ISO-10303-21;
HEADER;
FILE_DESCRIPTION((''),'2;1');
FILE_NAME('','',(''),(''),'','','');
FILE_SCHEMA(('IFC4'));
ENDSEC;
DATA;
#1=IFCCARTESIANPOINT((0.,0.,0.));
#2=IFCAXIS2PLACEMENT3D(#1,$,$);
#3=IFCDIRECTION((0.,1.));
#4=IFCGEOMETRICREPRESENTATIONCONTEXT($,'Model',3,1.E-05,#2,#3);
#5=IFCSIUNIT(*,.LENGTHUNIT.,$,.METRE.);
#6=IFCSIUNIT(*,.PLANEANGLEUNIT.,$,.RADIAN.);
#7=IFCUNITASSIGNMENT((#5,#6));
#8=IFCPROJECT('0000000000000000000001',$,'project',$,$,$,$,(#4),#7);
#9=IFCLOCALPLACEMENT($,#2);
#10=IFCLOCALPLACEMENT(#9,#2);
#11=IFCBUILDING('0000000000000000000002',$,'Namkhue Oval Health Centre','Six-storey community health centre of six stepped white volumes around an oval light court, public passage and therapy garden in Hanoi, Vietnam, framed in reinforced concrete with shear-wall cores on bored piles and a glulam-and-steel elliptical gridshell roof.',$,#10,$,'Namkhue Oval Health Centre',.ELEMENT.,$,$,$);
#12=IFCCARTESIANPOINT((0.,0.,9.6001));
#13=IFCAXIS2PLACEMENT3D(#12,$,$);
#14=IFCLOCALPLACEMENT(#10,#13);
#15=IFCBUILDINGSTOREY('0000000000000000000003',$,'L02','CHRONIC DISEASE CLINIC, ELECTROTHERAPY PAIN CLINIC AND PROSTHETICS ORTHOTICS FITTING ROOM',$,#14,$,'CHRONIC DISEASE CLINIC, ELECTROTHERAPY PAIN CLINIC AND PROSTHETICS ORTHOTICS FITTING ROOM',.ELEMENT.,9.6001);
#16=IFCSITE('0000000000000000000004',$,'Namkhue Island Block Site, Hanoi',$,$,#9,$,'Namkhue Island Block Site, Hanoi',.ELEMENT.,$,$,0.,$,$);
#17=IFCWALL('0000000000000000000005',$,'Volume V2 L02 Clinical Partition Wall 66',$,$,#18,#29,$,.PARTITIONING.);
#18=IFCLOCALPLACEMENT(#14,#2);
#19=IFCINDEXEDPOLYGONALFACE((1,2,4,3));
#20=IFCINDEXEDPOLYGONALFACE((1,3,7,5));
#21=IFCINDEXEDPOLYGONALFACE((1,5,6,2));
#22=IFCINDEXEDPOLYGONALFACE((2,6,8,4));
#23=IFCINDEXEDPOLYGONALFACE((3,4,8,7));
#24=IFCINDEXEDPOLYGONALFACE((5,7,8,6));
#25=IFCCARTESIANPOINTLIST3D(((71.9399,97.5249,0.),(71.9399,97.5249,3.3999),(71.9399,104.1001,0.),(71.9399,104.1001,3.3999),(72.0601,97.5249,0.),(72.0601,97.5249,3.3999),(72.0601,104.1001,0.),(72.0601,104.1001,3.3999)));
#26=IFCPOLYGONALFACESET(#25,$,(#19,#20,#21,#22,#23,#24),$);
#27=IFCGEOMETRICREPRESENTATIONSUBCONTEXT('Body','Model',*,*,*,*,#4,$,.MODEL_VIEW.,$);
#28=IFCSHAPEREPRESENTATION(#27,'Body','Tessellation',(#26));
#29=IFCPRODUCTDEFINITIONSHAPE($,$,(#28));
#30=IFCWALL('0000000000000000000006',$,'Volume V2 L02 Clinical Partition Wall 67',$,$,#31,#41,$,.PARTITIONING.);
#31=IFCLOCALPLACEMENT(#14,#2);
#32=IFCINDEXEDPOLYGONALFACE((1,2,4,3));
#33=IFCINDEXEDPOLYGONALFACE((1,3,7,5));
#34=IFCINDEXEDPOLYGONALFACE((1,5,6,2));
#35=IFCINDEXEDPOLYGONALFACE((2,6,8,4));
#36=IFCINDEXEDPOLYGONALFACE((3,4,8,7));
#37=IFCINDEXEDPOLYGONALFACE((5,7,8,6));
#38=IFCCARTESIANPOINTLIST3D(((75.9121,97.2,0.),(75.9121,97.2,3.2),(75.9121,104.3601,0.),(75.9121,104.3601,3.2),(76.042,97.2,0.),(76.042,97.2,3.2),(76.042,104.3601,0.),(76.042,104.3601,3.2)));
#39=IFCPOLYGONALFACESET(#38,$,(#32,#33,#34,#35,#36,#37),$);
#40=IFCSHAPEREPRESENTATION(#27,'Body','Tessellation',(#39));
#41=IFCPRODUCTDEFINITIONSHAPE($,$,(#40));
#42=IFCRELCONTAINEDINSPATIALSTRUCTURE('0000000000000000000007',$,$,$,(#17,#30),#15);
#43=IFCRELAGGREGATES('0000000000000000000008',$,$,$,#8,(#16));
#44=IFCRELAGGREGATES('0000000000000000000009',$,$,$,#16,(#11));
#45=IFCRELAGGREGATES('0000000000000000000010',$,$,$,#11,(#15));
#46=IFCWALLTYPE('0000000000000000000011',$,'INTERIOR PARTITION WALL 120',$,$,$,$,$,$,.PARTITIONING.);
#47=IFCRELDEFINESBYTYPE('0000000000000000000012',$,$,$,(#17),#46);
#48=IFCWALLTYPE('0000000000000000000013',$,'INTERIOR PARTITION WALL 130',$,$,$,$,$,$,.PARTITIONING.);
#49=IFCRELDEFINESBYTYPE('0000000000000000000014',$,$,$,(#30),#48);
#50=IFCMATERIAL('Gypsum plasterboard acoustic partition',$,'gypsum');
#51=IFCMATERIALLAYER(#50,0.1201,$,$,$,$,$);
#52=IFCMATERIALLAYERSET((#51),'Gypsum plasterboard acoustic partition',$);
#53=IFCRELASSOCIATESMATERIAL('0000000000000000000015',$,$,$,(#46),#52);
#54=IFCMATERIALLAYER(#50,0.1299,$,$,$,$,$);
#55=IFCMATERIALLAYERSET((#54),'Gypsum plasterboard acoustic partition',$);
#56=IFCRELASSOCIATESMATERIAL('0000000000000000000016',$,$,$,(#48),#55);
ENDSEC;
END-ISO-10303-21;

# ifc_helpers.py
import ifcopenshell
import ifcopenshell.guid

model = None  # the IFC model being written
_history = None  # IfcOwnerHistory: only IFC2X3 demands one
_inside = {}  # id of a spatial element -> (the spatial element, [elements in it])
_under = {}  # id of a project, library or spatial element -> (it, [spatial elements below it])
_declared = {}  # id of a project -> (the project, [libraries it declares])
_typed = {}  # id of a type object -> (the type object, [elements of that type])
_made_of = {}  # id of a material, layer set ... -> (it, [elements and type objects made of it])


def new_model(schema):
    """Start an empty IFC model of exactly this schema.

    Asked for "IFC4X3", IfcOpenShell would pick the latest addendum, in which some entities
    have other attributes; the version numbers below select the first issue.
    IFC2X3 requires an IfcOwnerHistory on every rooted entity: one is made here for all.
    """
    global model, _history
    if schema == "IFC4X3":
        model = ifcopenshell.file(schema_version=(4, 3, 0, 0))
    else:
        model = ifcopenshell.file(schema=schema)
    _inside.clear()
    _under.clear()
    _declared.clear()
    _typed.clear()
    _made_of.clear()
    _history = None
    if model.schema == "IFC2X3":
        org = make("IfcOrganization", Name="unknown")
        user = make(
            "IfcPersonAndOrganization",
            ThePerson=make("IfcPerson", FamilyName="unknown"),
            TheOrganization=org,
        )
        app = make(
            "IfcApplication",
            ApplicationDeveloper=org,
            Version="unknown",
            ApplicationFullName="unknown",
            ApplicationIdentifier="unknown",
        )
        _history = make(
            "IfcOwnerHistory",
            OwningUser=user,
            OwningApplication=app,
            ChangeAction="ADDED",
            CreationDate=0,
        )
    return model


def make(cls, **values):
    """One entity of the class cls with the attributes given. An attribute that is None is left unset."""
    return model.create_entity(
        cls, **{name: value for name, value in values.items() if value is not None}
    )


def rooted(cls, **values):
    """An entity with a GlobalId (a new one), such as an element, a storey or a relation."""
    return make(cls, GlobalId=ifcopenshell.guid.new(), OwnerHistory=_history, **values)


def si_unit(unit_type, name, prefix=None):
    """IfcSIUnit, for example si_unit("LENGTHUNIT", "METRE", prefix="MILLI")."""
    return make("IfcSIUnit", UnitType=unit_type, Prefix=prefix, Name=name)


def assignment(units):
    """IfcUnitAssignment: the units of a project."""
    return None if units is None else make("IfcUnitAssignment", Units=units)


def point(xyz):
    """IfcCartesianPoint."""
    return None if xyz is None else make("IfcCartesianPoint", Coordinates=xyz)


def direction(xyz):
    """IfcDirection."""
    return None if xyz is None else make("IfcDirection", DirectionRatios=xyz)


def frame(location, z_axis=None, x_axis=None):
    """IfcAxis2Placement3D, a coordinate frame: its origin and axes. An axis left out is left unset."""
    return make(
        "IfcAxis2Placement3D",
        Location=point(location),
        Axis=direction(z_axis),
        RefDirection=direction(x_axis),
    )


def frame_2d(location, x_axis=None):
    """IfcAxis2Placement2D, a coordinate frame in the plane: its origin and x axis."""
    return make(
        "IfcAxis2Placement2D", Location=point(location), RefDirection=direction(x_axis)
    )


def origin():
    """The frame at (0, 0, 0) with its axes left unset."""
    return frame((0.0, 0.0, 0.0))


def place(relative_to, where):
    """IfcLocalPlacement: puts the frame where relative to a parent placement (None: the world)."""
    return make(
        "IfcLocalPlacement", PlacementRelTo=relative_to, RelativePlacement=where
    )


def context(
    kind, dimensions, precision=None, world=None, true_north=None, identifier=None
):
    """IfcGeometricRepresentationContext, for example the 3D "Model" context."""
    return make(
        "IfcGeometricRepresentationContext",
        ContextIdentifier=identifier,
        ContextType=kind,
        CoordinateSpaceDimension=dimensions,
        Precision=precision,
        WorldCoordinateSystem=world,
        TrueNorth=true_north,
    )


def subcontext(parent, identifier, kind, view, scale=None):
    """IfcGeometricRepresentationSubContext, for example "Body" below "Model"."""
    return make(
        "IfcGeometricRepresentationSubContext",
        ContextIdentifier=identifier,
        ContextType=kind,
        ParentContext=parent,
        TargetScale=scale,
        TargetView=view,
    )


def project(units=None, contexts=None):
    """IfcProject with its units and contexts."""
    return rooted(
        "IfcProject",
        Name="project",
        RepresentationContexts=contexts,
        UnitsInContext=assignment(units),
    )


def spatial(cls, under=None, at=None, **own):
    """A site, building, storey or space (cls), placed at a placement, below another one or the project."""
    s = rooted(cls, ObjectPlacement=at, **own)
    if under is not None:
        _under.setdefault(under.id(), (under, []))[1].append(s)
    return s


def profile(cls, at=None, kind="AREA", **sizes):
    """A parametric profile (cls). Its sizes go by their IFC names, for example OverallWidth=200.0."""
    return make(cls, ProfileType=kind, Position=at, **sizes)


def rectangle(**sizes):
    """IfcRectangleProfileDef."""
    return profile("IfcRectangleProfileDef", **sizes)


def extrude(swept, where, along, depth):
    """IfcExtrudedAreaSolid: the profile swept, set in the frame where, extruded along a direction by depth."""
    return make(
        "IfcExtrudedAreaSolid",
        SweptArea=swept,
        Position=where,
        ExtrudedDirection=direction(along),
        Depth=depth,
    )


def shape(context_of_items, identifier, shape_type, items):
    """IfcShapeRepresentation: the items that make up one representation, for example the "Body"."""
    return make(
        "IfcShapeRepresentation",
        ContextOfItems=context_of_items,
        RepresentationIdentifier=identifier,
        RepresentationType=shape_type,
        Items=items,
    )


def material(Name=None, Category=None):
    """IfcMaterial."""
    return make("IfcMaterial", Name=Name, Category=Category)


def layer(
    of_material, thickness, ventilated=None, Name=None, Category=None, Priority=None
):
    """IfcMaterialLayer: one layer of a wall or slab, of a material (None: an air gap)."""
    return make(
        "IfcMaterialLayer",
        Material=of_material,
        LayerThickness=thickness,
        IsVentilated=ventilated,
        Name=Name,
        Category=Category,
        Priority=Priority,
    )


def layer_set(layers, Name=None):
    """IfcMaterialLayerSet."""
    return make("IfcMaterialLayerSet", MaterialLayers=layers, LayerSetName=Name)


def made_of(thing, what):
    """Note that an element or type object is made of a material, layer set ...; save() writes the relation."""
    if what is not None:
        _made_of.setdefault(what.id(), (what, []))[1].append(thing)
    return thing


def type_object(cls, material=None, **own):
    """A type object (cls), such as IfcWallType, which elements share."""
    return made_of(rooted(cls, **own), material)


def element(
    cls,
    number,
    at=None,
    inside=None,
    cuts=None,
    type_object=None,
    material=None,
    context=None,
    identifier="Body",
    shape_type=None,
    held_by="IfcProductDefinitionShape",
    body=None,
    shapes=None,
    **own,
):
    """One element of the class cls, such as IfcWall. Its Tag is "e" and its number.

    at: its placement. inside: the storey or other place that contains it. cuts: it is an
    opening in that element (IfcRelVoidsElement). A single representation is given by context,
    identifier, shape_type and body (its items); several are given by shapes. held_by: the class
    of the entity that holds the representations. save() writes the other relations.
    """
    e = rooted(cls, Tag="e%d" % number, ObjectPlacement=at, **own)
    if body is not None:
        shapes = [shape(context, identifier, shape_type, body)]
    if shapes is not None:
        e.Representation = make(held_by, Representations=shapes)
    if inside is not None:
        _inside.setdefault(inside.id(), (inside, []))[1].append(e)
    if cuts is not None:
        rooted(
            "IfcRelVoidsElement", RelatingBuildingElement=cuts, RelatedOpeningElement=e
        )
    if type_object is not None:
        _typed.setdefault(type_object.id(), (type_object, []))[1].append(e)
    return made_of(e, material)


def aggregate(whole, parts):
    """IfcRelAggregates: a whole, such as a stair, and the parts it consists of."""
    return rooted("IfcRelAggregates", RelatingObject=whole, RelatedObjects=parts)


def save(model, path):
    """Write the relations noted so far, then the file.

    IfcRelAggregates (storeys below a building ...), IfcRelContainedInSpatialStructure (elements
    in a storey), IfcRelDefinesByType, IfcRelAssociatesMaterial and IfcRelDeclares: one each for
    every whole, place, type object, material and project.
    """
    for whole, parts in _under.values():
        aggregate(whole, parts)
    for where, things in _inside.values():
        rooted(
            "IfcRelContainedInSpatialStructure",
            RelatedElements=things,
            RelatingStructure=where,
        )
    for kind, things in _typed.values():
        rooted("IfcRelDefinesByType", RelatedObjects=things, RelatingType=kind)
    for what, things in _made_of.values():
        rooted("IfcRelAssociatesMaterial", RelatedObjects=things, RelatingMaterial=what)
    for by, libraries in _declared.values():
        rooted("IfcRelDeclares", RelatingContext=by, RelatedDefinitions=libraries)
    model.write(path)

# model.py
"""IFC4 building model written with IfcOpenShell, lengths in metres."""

from ifc_helpers import new_model, si_unit, direction, frame, frame_2d, origin, place, context, subcontext, project, spatial, rectangle, extrude, material, layer, layer_set, type_object, element, save


model = new_model("IFC4")

# Units and contexts
model_context = context("Model", 3, precision=1e-05, world=origin(), true_north=direction((0.0, 1.0)))
body_context = subcontext(model_context, "Body", "Model", "MODEL_VIEW")
ifc_project = project(units=[si_unit("LENGTHUNIT", "METRE"), si_unit("PLANEANGLEUNIT", "RADIAN")], contexts=[model_context])

# Site, building, storey
site_placement = place(None, origin())
site = spatial("IfcSite", under=ifc_project, at=site_placement, Name="Namkhue Island Block Site, Hanoi", LongName="Namkhue Island Block Site, Hanoi", CompositionType="ELEMENT", RefElevation=0.0)
building_placement = place(site_placement, origin())
building = spatial("IfcBuilding", under=site, at=building_placement, Name="Namkhue Oval Health Centre", Description="Six-storey community health centre of six stepped white volumes around an oval light court, public passage and therapy garden in Hanoi, Vietnam, framed in reinforced concrete with shear-wall cores on bored piles and a glulam-and-steel elliptical gridshell roof.", LongName="Namkhue Oval Health Centre", CompositionType="ELEMENT")
storey_placement = place(building_placement, frame((0.0, 0.0, 9.6001)))
storey = spatial("IfcBuildingStorey", under=building, at=storey_placement, Name="L02", Description="CHRONIC DISEASE CLINIC, ELECTROTHERAPY PAIN CLINIC AND PROSTHETICS ORTHOTICS FITTING ROOM", LongName="CHRONIC DISEASE CLINIC, ELECTROTHERAPY PAIN CLINIC AND PROSTHETICS ORTHOTICS FITTING ROOM", CompositionType="ELEMENT", Elevation=9.6001)

# Walls
ifc_material_1 = material(Name="Gypsum plasterboard acoustic partition", Category="gypsum")
ifc_layer_1 = layer(ifc_material_1, 0.1201)
ifc_layer_set_1 = layer_set([ifc_layer_1], Name="Gypsum plasterboard acoustic partition")
wall_type_1 = type_object("IfcWallType", Name="INTERIOR PARTITION WALL 120", PredefinedType="PARTITIONING", material=ifc_layer_set_1)
wall_1_placement = place(storey_placement, frame((72.0, 97.5249, 0.0), z_axis=(0.0, 0.0, 1.0), x_axis=(0.0, 1.0, 0.0)))
element("IfcWall", 1, at=wall_1_placement, inside=storey, type_object=wall_type_1, Name="Volume V2 L02 Clinical Partition Wall 66", PredefinedType="PARTITIONING", context=body_context, shape_type="SweptSolid", body=[
    extrude(rectangle(XDim=6.5752, YDim=0.1201, at=frame_2d((3.2876, 0.0))), origin(), (0.0, 0.0, 1.0), 3.3999),
])
ifc_layer_2 = layer(ifc_material_1, 0.1299)
ifc_layer_set_2 = layer_set([ifc_layer_2], Name="Gypsum plasterboard acoustic partition")
wall_type_2 = type_object("IfcWallType", Name="INTERIOR PARTITION WALL 130", PredefinedType="PARTITIONING", material=ifc_layer_set_2)
wall_2_placement = place(storey_placement, frame((75.9771, 97.2, 0.0), z_axis=(0.0, 0.0, 1.0), x_axis=(0.0, 1.0, 0.0)))
element("IfcWall", 2, at=wall_2_placement, inside=storey, type_object=wall_type_2, Name="Volume V2 L02 Clinical Partition Wall 67", PredefinedType="PARTITIONING", context=body_context, shape_type="SweptSolid", body=[
    extrude(rectangle(XDim=7.1602, YDim=0.1299, at=frame_2d((3.5801, 0.0))), origin(), (0.0, 0.0, 1.0), 3.2),
])

save(model, "model.ifc")
